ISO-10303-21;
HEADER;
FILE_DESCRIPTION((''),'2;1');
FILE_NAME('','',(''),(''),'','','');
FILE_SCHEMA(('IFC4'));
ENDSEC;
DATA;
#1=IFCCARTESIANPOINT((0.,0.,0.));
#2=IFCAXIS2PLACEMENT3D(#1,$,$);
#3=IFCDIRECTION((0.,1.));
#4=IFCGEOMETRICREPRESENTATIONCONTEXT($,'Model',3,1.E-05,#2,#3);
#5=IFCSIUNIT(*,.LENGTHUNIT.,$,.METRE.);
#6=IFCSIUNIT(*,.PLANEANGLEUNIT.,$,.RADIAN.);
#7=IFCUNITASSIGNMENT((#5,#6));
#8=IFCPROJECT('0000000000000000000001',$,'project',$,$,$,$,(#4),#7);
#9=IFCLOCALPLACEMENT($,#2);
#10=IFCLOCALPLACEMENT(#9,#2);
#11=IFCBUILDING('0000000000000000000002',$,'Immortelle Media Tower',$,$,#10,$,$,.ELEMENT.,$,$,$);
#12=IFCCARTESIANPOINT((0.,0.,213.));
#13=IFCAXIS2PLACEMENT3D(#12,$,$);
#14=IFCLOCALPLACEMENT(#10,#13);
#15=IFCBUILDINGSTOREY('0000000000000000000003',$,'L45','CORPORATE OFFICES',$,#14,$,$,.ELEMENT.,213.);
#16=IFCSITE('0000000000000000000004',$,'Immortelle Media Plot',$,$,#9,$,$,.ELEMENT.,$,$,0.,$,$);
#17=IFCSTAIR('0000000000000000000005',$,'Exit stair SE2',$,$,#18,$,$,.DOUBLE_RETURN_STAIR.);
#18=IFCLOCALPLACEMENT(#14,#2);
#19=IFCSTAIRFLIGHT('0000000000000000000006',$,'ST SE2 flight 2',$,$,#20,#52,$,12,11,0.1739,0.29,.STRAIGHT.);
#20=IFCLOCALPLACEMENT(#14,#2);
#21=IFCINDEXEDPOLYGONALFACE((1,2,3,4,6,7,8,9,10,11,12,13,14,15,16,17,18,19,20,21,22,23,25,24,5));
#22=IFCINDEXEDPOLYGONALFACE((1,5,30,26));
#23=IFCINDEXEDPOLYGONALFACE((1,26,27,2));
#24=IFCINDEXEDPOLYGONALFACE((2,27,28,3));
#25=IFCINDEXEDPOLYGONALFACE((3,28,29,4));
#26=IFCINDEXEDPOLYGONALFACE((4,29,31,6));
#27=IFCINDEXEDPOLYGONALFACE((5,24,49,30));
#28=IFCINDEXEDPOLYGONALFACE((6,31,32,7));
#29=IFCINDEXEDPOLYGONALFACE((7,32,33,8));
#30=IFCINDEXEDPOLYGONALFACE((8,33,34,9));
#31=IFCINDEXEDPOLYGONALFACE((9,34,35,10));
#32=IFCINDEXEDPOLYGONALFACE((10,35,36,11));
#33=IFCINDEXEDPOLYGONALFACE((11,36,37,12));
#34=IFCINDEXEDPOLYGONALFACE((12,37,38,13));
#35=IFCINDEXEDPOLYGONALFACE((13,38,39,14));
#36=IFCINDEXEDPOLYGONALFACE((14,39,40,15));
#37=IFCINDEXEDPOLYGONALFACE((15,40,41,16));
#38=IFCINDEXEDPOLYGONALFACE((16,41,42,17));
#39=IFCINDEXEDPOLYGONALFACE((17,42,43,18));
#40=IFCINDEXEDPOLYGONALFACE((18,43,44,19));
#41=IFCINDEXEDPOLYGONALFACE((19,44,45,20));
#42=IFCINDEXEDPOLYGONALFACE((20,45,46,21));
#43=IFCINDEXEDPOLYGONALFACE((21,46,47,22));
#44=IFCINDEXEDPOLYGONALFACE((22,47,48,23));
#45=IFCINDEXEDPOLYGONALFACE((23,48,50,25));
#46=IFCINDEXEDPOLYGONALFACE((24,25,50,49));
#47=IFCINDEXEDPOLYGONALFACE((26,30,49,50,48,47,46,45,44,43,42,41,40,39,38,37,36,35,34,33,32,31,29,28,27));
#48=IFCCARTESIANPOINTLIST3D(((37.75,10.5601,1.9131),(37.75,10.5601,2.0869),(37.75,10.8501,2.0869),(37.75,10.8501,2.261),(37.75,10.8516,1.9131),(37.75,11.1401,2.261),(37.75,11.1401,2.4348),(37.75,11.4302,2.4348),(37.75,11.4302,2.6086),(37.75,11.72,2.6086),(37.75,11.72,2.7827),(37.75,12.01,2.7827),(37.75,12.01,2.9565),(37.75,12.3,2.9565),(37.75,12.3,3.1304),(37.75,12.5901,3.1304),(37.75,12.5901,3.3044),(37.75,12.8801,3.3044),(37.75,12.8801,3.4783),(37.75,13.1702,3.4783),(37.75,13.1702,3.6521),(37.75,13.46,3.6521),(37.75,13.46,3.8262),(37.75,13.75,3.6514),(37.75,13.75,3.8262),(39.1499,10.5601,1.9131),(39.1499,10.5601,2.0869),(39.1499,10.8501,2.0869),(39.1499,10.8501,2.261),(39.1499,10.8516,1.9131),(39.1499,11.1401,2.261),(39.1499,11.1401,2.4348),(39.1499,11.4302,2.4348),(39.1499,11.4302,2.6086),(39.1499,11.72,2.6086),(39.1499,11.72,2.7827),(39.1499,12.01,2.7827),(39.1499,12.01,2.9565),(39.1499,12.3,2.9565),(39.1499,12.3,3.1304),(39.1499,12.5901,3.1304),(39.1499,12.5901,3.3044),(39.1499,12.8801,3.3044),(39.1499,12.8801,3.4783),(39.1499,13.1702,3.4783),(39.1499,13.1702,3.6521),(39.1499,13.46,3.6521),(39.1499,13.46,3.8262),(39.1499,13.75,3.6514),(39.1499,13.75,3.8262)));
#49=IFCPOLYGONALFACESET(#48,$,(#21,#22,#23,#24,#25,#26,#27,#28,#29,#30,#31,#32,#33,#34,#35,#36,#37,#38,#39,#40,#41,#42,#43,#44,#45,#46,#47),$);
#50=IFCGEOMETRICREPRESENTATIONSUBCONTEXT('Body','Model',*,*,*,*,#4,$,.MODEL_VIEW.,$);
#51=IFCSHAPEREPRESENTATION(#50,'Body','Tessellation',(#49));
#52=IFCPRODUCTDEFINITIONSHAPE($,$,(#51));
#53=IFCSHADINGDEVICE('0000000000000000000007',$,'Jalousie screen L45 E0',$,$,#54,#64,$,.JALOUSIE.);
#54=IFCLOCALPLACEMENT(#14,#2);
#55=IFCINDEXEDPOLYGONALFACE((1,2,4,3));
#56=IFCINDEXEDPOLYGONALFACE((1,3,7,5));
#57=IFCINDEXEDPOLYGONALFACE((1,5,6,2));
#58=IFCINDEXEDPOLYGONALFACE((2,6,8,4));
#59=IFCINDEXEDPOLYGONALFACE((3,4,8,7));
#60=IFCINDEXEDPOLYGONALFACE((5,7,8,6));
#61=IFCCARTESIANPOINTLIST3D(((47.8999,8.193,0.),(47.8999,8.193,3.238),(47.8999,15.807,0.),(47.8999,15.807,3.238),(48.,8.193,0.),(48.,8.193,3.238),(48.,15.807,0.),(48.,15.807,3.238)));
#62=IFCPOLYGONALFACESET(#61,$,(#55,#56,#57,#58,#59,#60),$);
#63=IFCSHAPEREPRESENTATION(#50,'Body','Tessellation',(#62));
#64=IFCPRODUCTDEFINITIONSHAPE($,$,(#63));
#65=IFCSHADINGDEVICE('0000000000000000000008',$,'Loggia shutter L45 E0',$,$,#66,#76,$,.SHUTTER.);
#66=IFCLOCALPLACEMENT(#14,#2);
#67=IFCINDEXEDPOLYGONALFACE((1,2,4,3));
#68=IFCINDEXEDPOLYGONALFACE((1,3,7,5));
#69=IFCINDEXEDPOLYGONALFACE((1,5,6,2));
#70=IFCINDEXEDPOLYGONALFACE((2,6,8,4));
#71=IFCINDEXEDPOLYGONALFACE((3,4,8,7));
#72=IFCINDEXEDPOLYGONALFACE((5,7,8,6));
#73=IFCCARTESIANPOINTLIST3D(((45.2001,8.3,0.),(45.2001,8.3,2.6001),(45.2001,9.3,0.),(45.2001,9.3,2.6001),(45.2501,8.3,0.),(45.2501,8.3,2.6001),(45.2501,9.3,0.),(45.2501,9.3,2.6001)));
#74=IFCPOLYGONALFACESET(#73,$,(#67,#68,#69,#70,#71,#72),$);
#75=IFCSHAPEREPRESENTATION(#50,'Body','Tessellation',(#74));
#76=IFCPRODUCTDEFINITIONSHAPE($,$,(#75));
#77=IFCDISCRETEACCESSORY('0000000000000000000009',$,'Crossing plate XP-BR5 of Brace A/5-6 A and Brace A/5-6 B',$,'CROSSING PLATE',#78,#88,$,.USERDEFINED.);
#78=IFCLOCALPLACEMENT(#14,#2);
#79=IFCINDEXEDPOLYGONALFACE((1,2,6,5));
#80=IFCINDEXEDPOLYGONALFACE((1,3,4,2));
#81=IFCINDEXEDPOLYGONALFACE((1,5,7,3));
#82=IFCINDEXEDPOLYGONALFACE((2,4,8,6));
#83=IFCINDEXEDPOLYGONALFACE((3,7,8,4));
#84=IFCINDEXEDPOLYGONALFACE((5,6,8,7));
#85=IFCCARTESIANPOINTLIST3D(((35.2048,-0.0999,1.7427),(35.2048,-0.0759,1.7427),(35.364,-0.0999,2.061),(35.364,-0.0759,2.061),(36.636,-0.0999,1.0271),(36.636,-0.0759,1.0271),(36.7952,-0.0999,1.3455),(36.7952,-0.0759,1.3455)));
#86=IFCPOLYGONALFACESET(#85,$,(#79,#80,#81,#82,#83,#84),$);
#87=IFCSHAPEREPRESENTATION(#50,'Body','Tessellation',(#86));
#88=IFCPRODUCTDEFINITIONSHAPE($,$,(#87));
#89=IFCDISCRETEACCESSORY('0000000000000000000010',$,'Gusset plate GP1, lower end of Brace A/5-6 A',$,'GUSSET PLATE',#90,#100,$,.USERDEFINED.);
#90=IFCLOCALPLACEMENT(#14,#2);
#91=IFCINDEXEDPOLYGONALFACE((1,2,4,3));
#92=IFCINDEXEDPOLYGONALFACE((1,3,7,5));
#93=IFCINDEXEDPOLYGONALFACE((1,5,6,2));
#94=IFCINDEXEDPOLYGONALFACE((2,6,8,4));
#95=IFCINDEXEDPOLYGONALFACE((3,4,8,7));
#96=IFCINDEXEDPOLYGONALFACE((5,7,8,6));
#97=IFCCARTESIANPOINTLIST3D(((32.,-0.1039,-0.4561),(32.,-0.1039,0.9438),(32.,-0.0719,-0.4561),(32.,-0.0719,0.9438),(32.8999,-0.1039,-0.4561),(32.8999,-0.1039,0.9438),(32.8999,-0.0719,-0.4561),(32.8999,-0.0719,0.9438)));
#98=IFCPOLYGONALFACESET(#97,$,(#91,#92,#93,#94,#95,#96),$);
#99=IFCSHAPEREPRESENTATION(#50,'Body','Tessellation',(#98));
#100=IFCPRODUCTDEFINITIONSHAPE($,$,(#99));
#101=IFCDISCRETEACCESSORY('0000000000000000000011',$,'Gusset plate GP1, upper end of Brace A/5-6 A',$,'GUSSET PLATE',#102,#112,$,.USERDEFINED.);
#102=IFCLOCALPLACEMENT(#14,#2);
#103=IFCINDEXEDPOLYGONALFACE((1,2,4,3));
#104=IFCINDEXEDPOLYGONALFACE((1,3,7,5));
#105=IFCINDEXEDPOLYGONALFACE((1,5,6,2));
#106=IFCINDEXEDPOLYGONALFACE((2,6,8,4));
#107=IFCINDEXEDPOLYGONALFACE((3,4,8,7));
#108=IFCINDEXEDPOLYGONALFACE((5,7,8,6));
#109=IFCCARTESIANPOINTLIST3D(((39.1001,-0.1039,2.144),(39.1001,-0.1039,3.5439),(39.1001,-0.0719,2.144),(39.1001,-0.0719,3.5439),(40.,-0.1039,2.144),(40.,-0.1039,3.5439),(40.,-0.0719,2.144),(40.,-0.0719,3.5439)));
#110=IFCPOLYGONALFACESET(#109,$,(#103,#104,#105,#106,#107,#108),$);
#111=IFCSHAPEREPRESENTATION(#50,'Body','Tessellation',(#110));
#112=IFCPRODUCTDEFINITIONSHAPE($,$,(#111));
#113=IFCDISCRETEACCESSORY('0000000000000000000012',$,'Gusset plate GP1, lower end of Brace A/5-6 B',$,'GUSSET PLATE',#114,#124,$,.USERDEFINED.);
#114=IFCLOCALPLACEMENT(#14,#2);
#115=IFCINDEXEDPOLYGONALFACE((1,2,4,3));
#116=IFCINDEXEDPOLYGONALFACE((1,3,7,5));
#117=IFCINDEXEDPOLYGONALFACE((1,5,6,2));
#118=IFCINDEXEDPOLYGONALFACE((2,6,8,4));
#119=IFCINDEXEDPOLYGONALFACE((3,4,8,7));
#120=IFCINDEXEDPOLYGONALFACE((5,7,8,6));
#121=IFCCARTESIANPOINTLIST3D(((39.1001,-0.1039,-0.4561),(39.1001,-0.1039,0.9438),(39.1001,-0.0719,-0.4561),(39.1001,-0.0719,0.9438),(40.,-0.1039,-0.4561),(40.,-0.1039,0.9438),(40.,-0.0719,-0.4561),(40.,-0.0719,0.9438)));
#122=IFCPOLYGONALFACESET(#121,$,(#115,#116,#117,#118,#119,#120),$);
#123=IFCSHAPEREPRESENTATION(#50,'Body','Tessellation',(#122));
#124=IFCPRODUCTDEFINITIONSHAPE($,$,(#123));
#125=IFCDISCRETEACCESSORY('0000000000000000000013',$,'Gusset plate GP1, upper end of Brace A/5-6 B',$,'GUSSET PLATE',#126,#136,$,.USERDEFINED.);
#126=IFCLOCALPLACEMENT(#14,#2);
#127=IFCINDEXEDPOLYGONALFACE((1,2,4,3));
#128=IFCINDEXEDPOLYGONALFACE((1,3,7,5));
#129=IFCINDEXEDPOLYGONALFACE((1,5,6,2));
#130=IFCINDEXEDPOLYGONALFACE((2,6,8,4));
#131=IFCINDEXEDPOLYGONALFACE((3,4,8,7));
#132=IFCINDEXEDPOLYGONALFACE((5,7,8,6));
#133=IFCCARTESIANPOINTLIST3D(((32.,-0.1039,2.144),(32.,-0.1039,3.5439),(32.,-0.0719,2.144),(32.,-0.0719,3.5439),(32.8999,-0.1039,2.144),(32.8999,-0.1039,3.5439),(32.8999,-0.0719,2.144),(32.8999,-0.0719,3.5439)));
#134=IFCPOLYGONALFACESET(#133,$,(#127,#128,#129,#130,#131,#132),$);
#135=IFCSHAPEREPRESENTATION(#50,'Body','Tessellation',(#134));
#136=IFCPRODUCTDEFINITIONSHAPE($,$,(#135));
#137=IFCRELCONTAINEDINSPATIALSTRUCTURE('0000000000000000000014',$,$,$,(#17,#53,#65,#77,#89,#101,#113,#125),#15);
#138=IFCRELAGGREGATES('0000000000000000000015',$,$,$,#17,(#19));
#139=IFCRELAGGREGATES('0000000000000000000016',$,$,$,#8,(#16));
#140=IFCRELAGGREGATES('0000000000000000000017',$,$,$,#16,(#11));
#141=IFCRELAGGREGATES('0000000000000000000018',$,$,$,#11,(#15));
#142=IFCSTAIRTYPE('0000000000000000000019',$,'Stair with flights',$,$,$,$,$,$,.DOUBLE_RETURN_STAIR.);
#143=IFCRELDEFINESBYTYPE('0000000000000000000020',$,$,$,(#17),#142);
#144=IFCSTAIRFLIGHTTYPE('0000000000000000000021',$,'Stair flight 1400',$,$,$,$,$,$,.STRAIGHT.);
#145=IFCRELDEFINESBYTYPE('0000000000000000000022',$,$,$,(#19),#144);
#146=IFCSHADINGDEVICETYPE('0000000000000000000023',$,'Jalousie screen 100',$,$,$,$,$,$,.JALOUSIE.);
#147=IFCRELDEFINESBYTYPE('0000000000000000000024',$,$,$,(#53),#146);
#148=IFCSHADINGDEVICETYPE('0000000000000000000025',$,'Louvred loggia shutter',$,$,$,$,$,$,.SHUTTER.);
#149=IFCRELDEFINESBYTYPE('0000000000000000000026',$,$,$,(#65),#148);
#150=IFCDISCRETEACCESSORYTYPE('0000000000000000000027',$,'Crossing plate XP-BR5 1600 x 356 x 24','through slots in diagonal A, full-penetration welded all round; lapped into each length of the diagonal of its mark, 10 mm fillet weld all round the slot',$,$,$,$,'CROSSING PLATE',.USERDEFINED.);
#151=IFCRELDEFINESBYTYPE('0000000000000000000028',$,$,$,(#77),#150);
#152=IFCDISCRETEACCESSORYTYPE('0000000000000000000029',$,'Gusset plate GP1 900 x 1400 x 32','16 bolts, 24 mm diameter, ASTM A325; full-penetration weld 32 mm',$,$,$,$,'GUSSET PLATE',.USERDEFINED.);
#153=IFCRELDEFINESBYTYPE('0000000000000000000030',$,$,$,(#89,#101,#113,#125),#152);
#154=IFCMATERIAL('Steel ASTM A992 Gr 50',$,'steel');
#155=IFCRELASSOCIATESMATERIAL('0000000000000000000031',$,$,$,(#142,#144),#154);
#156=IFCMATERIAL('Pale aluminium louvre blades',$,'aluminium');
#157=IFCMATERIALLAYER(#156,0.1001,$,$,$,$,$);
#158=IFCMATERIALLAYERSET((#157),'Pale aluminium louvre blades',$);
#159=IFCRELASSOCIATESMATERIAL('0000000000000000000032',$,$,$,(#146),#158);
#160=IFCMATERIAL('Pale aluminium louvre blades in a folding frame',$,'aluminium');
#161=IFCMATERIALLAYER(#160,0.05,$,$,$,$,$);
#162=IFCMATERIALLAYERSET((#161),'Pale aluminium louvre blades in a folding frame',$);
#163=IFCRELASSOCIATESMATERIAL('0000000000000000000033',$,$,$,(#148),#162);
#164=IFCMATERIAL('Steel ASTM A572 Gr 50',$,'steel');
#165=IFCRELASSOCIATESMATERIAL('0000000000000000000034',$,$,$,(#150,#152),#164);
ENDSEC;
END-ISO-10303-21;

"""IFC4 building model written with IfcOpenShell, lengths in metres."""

from ifc_helpers import new_model, si_unit, direction, frame, origin, origin_2d, place, context, subcontext, project, spatial, polyline, rectangle, outline, extrude, material, layer, layer_set, material_profile, profile_set, type_object, element, aggregate, save


model = new_model("IFC4")

# Units and contexts
model_context = context("Model", 3, precision=1e-05, world=origin(), true_north=direction((0.0, 1.0)))
body_context = subcontext(model_context, "Body", "Model", "MODEL_VIEW")
ifc_project = project(units=[si_unit("LENGTHUNIT", "METRE"), si_unit("PLANEANGLEUNIT", "RADIAN")], contexts=[model_context])

# Site, building, storey
site_placement = place(None, origin())
site = spatial("IfcSite", under=ifc_project, at=site_placement, Name="Immortelle Media Plot", CompositionType="ELEMENT", RefElevation=0.0)
building_placement = place(site_placement, origin())
building = spatial("IfcBuilding", under=site, at=building_placement, Name="Immortelle Media Tower", CompositionType="ELEMENT")
storey_placement = place(building_placement, frame((0.0, 0.0, 213.0)))
storey = spatial("IfcBuildingStorey", under=building, at=storey_placement, Name="L45", Description="CORPORATE OFFICES", CompositionType="ELEMENT", Elevation=213.0)

# Shared definitions
ifc_material_1 = material(Name="Steel ASTM A992 Gr 50", Category="steel")

# Shared definitions
stair_type = type_object("IfcStairType", Name="Stair with flights", PredefinedType="DOUBLE_RETURN_STAIR", material=ifc_material_1)
stair_flight_type = type_object("IfcStairFlightType", Name="Stair flight 1400", PredefinedType="STRAIGHT", material=ifc_material_1)

# Stair, stair flight
stair_1_placement = place(storey_placement, origin())
stair_1 = element("IfcStair", 1, at=stair_1_placement, inside=storey, type_object=stair_type, Name="Exit stair SE2", PredefinedType="DOUBLE_RETURN_STAIR")
stair_flight_1_placement = place(storey_placement, frame((38.45, 10.5601, 1.9131), z_axis=(0.0, 0.0, 1.0), x_axis=(0.0, 1.0, 0.0)))
stair_flight_1 = element("IfcStairFlight", 2, at=stair_flight_1_placement, type_object=stair_flight_type, Name="ST SE2 flight 2", NumberOfRisers=12, NumberOfTreads=11, PredefinedType="STRAIGHT", RiserHeight=0.1739, TreadLength=0.29, context=body_context, shape_type="SweptSolid", body=[
    extrude(outline(polyline([(0.0, 0.0), (0.0, 0.1738), (0.29, 0.1738), (0.29, 0.3479), (0.5801, 0.3479), (0.5801, 0.5217), (0.8701, 0.5217), (0.8701, 0.6956), (1.1599, 0.6956), (1.1599, 0.8696), (1.45, 0.8696), (1.45, 1.0435), (1.74, 1.0435), (1.74, 1.2173), (2.03, 1.2173), (2.03, 1.3914), (2.3201, 1.3914), (2.3201, 1.5652), (2.6101, 1.5652), (2.6101, 1.739), (2.8999, 1.739), (2.8999, 1.9131), (3.1899, 1.9131), (3.1899, 2.0869), (3.1899, 1.7383), (0.2915, 0.0), (0.0, 0.0)])), frame((0.0, 0.7, 0.0), z_axis=(0.0, -1.0, 0.0), x_axis=(1.0, 0.0, 0.0)), (0.0, 0.0, 1.0), 1.3999),
])
aggregate(stair_1, [stair_flight_1])

# Shading devices
ifc_material_2 = material(Name="Pale aluminium louvre blades", Category="aluminium")
ifc_layer_1 = layer(ifc_material_2, 0.1001)
ifc_layer_set_1 = layer_set([ifc_layer_1], Name="Pale aluminium louvre blades")
shading_device_type_1 = type_object("IfcShadingDeviceType", Name="Jalousie screen 100", PredefinedType="JALOUSIE", material=ifc_layer_set_1)
shading_device_1_placement = place(storey_placement, frame((47.95, 12.0, 0.0), z_axis=(0.0, 0.0, 1.0), x_axis=(0.0, 1.0, 0.0)))
element("IfcShadingDevice", 3, at=shading_device_1_placement, inside=storey, type_object=shading_device_type_1, Name="Jalousie screen L45 E0", PredefinedType="JALOUSIE", context=body_context, shape_type="SweptSolid", body=[
    extrude(rectangle(XDim=7.614, YDim=0.1001, at=origin_2d()), origin(), (0.0, 0.0, 1.0), 3.238),
])
ifc_material_3 = material(Name="Pale aluminium louvre blades in a folding frame", Category="aluminium")
ifc_layer_2 = layer(ifc_material_3, 0.05)
ifc_layer_set_2 = layer_set([ifc_layer_2], Name="Pale aluminium louvre blades in a folding frame")
shading_device_type_2 = type_object("IfcShadingDeviceType", Name="Louvred loggia shutter", PredefinedType="SHUTTER", material=ifc_layer_set_2)
shading_device_2_placement = place(storey_placement, frame((45.2251, 8.8, 0.0), z_axis=(0.0, 0.0, 1.0), x_axis=(0.0, 1.0, 0.0)))
element("IfcShadingDevice", 4, at=shading_device_2_placement, inside=storey, type_object=shading_device_type_2, Name="Loggia shutter L45 E0", PredefinedType="SHUTTER", context=body_context, shape_type="SweptSolid", body=[
    extrude(rectangle(XDim=1.0, YDim=0.05, at=origin_2d()), origin(), (0.0, 0.0, 1.0), 2.6001),
])

# Discrete accessories
ifc_material_4 = material(Name="Steel ASTM A572 Gr 50", Category="steel")
ifc_material_profile_1 = material_profile(ifc_material_4, rectangle(XDim=0.0239, YDim=0.356, at=origin_2d()), Name="PL 24 x 356")
ifc_profile_set_1 = profile_set([ifc_material_profile_1], Name="Steel ASTM A572 Gr 50")
discrete_accessory_type_1 = type_object("IfcDiscreteAccessoryType", Name="Crossing plate XP-BR5 1600 x 356 x 24", Description="through slots in diagonal A, full-penetration welded all round; lapped into each length of the diagonal of its mark, 10 mm fillet weld all round the slot", ElementType="CROSSING PLATE", PredefinedType="USERDEFINED", material=ifc_profile_set_1)
discrete_accessory_placement = place(storey_placement, frame((35.2844, -0.0879, 1.9019), z_axis=(0.894427, 0.0, -0.447214), x_axis=(0.0, 1.0, 0.0)))
element("IfcDiscreteAccessory", 5, at=discrete_accessory_placement, inside=storey, type_object=discrete_accessory_type_1, Name="Crossing plate XP-BR5 of Brace A/5-6 A and Brace A/5-6 B", ObjectType="CROSSING PLATE", PredefinedType="USERDEFINED", context=body_context, shape_type="SweptSolid", body=[
    extrude(rectangle(XDim=0.0239, YDim=0.356, at=origin_2d()), origin(), (0.0, 0.0, 1.0), 1.6001),
])
ifc_material_profile_2 = material_profile(ifc_material_4, rectangle(XDim=0.032, YDim=1.3999, at=origin_2d()), Name="PL 32 x 1400")
ifc_profile_set_2 = profile_set([ifc_material_profile_2], Name="Steel ASTM A572 Gr 50")
discrete_accessory_type_2 = type_object("IfcDiscreteAccessoryType", Name="Gusset plate GP1 900 x 1400 x 32", Description="16 bolts, 24 mm diameter, ASTM A325; full-penetration weld 32 mm", ElementType="GUSSET PLATE", PredefinedType="USERDEFINED", material=ifc_profile_set_2)
for number, where, z_axis, x_axis, name in (
    (6, (32.0, -0.0879, 0.2439), (1.0, 0.0, 0.0), (0.0, 1.0, 0.0), "Gusset plate GP1, lower end of Brace A/5-6 A"),
    (7, (40.0, -0.0879, 2.844), (-1.0, 0.0, 0.0), (0.0, -1.0, 0.0), "Gusset plate GP1, upper end of Brace A/5-6 A"),
    (8, (40.0, -0.0879, 0.2439), (-1.0, 0.0, 0.0), (0.0, -1.0, 0.0), "Gusset plate GP1, lower end of Brace A/5-6 B"),
    (9, (32.0, -0.0879, 2.844), (1.0, 0.0, 0.0), (0.0, 1.0, 0.0), "Gusset plate GP1, upper end of Brace A/5-6 B"),
):
    element("IfcDiscreteAccessory", number, at=place(storey_placement, frame(where, z_axis=z_axis, x_axis=x_axis)), inside=storey, type_object=discrete_accessory_type_2, Name=name, ObjectType="GUSSET PLATE", PredefinedType="USERDEFINED", context=body_context, shape_type="SweptSolid", body=[
        extrude(rectangle(XDim=0.032, YDim=1.3999, at=origin_2d()), origin(), (0.0, 0.0, 1.0), 0.8999),
    ])

save(model, "model.ifc")
